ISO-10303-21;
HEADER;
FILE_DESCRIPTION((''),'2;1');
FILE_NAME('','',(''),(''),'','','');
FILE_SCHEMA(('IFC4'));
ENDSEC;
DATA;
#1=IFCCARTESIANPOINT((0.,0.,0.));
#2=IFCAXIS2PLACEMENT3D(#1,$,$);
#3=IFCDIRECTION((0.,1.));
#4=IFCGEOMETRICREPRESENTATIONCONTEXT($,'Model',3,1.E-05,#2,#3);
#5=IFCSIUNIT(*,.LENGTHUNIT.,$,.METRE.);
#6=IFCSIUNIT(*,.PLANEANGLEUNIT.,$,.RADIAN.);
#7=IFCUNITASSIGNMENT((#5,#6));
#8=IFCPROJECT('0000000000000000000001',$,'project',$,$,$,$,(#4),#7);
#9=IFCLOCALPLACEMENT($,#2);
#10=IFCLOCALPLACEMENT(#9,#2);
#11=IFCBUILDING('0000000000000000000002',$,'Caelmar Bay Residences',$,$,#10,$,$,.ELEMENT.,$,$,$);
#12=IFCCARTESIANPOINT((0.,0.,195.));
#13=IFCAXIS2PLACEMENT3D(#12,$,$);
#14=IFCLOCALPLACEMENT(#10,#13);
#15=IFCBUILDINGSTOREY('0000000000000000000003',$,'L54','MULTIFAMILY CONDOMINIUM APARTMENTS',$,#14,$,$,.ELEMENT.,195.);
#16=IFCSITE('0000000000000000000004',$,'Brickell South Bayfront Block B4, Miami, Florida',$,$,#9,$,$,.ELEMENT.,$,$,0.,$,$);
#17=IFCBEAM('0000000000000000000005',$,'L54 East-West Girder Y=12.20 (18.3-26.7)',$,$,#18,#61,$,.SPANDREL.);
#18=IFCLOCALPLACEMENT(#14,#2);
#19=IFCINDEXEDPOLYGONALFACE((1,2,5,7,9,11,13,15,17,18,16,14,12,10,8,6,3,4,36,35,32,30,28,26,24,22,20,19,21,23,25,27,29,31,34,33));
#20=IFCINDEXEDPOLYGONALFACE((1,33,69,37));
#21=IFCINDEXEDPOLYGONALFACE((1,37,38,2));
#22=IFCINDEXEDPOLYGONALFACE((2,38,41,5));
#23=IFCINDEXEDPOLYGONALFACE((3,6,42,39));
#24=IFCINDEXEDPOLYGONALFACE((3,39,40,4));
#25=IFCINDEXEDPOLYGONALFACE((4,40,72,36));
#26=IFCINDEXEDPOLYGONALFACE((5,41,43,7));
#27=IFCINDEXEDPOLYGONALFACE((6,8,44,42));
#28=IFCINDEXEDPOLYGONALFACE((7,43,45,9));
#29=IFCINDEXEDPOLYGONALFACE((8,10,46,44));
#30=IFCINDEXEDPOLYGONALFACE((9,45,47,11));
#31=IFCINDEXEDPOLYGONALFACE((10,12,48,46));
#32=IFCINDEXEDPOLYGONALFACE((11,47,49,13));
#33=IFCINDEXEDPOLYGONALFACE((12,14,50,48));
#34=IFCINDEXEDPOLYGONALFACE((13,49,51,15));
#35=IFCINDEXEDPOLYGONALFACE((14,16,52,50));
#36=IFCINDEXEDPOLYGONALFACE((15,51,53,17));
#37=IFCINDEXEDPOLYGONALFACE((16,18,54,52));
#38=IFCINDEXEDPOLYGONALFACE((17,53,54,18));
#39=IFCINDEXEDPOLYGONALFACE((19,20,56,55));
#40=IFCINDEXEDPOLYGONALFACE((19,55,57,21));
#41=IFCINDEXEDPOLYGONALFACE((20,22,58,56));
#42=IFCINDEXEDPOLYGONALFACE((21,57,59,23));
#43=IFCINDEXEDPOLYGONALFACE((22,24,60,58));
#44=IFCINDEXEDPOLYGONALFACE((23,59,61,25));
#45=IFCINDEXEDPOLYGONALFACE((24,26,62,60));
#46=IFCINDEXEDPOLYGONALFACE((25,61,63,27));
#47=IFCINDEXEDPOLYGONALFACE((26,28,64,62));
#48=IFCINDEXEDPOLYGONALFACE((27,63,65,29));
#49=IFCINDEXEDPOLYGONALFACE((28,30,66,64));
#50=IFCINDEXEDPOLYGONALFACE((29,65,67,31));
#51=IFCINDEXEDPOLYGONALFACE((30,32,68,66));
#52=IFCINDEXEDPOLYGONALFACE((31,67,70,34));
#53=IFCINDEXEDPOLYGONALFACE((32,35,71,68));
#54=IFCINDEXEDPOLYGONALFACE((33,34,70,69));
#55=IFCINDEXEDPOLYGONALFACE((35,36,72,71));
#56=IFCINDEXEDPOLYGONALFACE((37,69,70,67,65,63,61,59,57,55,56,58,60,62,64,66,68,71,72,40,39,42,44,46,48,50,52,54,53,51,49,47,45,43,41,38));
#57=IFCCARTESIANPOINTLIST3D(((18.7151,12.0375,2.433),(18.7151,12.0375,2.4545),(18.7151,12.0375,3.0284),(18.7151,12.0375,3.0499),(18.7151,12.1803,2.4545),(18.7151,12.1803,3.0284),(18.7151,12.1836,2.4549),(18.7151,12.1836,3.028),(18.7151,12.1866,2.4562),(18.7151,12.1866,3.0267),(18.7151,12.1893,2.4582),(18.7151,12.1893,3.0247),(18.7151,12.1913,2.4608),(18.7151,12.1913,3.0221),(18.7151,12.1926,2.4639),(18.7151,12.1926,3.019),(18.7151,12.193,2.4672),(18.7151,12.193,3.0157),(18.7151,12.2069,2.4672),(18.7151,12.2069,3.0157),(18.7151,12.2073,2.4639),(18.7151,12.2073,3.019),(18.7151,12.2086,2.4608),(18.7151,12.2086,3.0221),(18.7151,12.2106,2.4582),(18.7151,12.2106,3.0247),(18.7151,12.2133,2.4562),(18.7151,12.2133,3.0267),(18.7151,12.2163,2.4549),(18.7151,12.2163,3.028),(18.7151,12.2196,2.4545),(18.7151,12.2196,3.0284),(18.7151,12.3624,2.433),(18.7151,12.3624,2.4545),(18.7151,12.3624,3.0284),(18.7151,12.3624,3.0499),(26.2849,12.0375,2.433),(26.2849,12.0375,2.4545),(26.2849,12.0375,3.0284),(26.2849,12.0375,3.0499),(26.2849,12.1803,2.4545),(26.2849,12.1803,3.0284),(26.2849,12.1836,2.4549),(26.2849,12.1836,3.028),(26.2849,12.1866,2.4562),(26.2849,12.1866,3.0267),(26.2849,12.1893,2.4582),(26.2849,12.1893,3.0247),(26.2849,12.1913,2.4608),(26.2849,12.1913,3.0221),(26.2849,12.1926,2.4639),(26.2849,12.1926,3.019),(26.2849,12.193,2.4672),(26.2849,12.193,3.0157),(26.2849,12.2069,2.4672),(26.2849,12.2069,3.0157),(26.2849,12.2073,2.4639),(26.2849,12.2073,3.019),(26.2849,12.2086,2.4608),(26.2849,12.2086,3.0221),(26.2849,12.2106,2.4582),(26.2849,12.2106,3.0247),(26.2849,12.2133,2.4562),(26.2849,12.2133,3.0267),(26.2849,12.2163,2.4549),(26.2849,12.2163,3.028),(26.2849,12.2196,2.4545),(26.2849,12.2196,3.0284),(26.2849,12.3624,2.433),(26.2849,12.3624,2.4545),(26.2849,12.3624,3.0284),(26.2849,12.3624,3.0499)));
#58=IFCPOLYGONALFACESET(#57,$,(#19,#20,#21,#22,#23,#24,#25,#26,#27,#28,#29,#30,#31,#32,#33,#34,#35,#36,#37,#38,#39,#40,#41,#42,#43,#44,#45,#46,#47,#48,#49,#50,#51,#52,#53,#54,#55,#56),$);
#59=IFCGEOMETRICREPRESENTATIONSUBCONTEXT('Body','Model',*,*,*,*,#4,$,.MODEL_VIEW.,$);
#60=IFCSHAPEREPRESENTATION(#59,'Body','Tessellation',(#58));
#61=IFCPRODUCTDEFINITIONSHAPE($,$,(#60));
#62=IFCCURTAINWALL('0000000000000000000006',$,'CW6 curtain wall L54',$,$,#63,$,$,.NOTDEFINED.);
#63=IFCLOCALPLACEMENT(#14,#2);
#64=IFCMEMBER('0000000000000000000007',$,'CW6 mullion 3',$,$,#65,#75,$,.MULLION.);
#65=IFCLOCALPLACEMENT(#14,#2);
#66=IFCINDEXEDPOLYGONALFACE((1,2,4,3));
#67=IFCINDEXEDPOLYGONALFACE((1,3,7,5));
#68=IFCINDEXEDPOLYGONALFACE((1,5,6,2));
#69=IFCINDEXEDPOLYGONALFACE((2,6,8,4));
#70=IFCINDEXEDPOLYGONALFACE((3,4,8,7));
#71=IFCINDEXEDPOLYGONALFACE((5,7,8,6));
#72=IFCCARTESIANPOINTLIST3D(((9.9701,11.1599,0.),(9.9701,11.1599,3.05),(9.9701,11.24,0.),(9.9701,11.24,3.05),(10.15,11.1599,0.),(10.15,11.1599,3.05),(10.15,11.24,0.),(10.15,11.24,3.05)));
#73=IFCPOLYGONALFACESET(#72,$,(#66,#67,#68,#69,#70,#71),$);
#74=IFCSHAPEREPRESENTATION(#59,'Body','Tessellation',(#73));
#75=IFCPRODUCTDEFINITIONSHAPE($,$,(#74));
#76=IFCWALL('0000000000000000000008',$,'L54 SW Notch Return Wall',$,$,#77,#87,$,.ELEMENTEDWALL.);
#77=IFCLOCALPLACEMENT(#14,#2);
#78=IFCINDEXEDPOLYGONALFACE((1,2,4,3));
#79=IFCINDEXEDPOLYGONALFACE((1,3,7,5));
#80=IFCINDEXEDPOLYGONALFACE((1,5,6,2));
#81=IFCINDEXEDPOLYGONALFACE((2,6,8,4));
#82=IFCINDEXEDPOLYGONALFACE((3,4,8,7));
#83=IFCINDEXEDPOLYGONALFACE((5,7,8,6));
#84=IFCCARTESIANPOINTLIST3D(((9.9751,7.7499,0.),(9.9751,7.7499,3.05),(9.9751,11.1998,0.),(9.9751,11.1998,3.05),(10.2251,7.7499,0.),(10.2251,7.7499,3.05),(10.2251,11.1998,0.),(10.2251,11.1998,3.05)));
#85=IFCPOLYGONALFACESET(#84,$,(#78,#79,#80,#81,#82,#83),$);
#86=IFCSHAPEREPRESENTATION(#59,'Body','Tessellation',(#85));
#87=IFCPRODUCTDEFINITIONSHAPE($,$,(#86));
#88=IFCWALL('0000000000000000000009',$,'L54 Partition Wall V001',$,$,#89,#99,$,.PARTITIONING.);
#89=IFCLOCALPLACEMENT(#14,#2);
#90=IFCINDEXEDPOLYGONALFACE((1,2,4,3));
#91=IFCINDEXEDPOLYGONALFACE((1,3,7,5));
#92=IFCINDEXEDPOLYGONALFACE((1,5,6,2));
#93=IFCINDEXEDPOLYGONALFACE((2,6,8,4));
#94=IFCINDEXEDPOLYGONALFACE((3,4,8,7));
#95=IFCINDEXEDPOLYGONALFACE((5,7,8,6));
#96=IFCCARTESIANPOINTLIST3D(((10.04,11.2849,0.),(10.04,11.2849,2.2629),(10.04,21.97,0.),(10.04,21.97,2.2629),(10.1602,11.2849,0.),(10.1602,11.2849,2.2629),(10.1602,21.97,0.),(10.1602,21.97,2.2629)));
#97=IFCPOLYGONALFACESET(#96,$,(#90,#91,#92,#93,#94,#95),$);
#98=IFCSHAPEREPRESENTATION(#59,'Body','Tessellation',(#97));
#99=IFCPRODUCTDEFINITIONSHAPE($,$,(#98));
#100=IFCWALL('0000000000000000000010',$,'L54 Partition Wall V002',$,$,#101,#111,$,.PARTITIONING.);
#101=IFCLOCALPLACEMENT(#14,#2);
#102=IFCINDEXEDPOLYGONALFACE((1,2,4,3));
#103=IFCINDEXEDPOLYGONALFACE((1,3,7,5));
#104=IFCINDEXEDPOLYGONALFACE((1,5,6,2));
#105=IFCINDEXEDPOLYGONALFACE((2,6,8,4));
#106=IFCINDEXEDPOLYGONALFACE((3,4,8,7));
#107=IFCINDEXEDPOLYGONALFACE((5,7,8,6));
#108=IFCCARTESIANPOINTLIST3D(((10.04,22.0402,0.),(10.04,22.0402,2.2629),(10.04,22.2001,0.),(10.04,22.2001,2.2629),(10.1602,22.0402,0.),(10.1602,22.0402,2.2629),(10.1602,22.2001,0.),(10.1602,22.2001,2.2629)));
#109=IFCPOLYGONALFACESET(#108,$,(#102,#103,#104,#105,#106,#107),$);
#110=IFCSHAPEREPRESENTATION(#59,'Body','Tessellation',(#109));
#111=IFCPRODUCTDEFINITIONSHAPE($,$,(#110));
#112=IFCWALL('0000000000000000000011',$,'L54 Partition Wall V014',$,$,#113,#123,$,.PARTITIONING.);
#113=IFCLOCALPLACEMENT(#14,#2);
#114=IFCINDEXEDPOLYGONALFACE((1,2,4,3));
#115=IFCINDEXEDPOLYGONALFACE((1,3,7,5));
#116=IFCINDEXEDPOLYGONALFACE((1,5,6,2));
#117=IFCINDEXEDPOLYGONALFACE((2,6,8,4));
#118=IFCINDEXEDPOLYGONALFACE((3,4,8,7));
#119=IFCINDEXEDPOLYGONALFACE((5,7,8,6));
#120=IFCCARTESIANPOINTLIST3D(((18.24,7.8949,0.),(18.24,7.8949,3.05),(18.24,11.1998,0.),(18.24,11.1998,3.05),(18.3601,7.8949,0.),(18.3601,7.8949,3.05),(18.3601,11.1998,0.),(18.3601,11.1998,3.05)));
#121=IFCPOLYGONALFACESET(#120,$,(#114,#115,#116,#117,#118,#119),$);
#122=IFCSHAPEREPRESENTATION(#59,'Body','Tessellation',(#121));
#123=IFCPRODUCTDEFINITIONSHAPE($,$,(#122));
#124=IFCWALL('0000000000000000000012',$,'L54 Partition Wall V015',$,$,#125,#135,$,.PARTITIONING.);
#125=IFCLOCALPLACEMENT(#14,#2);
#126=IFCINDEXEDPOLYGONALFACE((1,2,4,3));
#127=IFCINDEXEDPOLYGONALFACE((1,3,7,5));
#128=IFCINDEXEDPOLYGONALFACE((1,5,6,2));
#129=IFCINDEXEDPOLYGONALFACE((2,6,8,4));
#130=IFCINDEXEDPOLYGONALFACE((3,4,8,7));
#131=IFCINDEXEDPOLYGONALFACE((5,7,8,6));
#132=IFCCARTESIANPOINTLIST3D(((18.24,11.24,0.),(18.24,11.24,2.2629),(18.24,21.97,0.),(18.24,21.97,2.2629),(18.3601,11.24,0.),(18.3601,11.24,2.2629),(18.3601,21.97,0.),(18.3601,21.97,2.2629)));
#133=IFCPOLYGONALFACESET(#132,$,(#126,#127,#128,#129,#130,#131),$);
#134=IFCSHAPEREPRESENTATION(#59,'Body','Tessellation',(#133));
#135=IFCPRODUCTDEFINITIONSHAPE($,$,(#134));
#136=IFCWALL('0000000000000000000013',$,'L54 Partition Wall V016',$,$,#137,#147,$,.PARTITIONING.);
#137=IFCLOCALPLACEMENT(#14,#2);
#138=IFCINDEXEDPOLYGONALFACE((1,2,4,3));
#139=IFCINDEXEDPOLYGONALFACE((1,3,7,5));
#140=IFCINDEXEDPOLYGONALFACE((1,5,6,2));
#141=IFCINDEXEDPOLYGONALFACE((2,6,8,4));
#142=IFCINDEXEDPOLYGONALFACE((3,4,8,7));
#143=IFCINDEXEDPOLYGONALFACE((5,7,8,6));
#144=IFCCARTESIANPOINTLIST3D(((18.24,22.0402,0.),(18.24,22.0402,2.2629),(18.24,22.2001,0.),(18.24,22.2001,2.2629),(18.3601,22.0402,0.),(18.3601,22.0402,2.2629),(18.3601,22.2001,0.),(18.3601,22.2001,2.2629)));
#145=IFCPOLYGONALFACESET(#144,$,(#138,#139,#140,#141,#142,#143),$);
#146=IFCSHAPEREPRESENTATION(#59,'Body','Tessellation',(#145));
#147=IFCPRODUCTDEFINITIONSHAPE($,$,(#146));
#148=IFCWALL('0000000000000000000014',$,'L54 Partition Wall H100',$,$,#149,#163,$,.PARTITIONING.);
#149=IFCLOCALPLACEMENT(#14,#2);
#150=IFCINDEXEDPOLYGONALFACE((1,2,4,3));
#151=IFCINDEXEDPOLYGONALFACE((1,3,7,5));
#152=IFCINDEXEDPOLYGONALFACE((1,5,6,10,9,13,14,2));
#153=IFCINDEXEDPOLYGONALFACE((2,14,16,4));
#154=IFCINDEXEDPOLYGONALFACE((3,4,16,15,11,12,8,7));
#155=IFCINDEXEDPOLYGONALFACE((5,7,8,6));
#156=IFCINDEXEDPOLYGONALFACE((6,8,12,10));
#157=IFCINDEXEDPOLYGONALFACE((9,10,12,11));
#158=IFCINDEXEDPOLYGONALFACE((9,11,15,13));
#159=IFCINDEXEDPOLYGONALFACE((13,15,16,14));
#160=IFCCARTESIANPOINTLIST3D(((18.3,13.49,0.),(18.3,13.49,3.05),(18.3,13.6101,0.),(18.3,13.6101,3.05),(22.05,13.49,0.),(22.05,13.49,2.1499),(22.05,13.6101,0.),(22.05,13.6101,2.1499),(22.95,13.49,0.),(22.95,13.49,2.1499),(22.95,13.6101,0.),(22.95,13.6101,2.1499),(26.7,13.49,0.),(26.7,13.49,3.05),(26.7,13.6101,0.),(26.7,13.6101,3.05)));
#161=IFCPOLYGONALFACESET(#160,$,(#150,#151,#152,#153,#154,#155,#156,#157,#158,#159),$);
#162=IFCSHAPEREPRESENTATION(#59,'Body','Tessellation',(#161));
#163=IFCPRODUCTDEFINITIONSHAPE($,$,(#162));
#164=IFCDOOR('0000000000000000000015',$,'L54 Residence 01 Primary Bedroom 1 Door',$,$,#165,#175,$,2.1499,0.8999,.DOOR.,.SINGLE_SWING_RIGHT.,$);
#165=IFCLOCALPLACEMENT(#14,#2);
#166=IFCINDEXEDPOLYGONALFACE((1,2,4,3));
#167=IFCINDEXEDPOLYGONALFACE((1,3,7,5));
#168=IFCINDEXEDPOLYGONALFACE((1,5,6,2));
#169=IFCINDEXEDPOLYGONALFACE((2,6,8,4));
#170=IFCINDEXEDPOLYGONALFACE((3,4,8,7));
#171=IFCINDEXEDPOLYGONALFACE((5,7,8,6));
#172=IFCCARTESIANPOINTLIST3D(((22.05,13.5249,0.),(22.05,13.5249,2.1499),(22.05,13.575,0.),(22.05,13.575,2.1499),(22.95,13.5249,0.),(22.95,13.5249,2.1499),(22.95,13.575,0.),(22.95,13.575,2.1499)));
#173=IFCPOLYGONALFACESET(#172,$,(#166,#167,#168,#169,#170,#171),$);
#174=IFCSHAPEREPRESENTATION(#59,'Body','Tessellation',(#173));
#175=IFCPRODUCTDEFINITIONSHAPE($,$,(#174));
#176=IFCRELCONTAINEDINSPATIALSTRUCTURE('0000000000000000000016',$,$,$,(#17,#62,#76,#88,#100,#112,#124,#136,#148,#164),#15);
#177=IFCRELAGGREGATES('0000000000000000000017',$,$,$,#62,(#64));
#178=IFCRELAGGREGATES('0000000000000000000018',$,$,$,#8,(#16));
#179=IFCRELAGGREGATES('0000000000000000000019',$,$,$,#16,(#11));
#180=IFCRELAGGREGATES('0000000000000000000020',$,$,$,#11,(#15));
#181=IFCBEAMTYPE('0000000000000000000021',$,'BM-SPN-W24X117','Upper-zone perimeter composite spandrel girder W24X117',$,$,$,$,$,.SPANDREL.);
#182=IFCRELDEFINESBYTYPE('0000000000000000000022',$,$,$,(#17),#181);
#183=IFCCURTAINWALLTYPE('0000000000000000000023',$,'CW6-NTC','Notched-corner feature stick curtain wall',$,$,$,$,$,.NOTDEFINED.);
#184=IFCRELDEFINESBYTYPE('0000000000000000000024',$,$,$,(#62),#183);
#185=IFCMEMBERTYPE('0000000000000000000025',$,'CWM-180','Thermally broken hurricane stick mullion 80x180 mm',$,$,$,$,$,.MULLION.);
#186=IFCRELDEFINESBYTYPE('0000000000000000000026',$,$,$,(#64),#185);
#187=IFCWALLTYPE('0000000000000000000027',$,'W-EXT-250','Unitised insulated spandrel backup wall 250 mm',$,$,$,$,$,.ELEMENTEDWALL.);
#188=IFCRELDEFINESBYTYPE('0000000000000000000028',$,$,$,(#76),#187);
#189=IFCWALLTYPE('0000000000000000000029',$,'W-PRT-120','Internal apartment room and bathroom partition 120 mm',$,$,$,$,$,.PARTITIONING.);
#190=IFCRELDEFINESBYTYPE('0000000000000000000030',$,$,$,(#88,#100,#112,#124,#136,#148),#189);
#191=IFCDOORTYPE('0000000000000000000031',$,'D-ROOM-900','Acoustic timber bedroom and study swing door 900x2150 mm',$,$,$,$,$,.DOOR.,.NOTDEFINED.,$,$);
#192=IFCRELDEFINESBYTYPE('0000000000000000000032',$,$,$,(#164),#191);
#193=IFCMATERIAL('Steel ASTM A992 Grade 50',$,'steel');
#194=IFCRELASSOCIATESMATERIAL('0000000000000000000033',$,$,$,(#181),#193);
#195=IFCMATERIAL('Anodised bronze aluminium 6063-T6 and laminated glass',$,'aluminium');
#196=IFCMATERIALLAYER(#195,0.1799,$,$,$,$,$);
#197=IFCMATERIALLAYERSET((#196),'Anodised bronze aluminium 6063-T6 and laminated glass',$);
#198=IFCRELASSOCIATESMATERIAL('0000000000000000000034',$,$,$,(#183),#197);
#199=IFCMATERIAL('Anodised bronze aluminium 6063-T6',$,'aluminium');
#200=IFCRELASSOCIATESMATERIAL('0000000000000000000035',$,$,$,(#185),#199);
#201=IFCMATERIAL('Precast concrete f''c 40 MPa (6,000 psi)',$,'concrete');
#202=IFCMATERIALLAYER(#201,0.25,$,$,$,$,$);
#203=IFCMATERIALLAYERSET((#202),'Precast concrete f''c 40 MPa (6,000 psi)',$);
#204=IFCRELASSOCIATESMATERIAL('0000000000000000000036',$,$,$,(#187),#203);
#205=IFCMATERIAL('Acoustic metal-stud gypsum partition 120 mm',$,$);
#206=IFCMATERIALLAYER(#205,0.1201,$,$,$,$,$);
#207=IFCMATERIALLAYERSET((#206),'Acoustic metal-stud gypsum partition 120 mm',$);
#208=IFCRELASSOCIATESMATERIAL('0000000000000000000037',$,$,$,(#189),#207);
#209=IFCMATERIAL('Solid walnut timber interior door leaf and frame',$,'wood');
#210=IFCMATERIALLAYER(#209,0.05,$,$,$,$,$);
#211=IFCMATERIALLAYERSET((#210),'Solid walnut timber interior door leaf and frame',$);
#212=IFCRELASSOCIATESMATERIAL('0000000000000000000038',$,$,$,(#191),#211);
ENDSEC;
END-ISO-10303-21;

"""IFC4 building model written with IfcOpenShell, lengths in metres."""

from ifc_helpers import new_model, si_unit, direction, frame, frame_2d, origin, origin_2d, place, context, subcontext, project, spatial, rectangle, i_section, extrude, material, layer, layer_set, material_profile, profile_set, type_object, element, fill, aggregate, save


model = new_model("IFC4")

# Units and contexts
model_context = context("Model", 3, precision=1e-05, world=origin(), true_north=direction((0.0, 1.0)))
body_context = subcontext(model_context, "Body", "Model", "MODEL_VIEW")
ifc_project = project(units=[si_unit("LENGTHUNIT", "METRE"), si_unit("PLANEANGLEUNIT", "RADIAN")], contexts=[model_context])

# Site, building, storey
site_placement = place(None, origin())
site = spatial("IfcSite", under=ifc_project, at=site_placement, Name="Brickell South Bayfront Block B4, Miami, Florida", CompositionType="ELEMENT", RefElevation=0.0)
building_placement = place(site_placement, origin())
building = spatial("IfcBuilding", under=site, at=building_placement, Name="Caelmar Bay Residences", CompositionType="ELEMENT")
storey_placement = place(building_placement, frame((0.0, 0.0, 195.0)))
storey = spatial("IfcBuildingStorey", under=building, at=storey_placement, Name="L54", Description="MULTIFAMILY CONDOMINIUM APARTMENTS", CompositionType="ELEMENT", Elevation=195.0)

# Beam
ifc_material_1 = material(Name="Steel ASTM A992 Grade 50", Category="steel")
ifc_material_profile_1 = material_profile(ifc_material_1, i_section(OverallWidth=0.325, OverallDepth=0.6169, WebThickness=0.0139, FlangeThickness=0.0215, FilletRadius=0.0127, at=origin_2d()), Name="W24X117")
ifc_profile_set_1 = profile_set([ifc_material_profile_1], Name="Steel ASTM A992 Grade 50")
beam_type_1 = type_object("IfcBeamType", Name="BM-SPN-W24X117", Description="Upper-zone perimeter composite spandrel girder W24X117", PredefinedType="SPANDREL", material=ifc_profile_set_1)
beam_1_placement = place(storey_placement, frame((18.7151, 12.2, 2.7415), z_axis=(1.0, 0.0, 0.0), x_axis=(0.0, 1.0, 0.0)))
element("IfcBeam", 1, at=beam_1_placement, inside=storey, type_object=beam_type_1, Name="L54 East-West Girder Y=12.20 (18.3-26.7)", PredefinedType="SPANDREL", context=body_context, shape_type="SweptSolid", body=[
    extrude(i_section(OverallWidth=0.325, OverallDepth=0.6169, WebThickness=0.0139, FlangeThickness=0.0215, FilletRadius=0.0127, at=origin_2d()), origin(), (0.0, 0.0, 1.0), 7.5698),
])

# Curtain wall, member
ifc_material_2 = material(Name="Anodised bronze aluminium 6063-T6 and laminated glass", Category="aluminium")
ifc_layer_1 = layer(ifc_material_2, 0.1799)
ifc_layer_set_1 = layer_set([ifc_layer_1], Name="Anodised bronze aluminium 6063-T6 and laminated glass")
curtain_wall_type = type_object("IfcCurtainWallType", Name="CW6-NTC", Description="Notched-corner feature stick curtain wall", PredefinedType="NOTDEFINED", material=ifc_layer_set_1)
curtain_wall_placement = place(storey_placement, origin())
curtain_wall = element("IfcCurtainWall", 2, at=curtain_wall_placement, inside=storey, type_object=curtain_wall_type, Name="CW6 curtain wall L54", PredefinedType="NOTDEFINED")
ifc_material_3 = material(Name="Anodised bronze aluminium 6063-T6", Category="aluminium")
ifc_material_profile_2 = material_profile(ifc_material_3, rectangle(XDim=0.0801, YDim=0.1799, at=origin_2d()), Name="CWM-80X180")
ifc_profile_set_2 = profile_set([ifc_material_profile_2], Name="Anodised bronze aluminium 6063-T6")
member_type = type_object("IfcMemberType", Name="CWM-180", Description="Thermally broken hurricane stick mullion 80x180 mm", PredefinedType="MULLION", material=ifc_profile_set_2)
member_placement = place(storey_placement, frame((10.0601, 11.2, 0.0), z_axis=(0.0, 0.0, 1.0), x_axis=(0.0, 1.0, 0.0)))
member = element("IfcMember", 3, at=member_placement, type_object=member_type, Name="CW6 mullion 3", PredefinedType="MULLION", context=body_context, shape_type="SweptSolid", body=[
    extrude(rectangle(XDim=0.0801, YDim=0.1799, at=origin_2d()), origin(), (0.0, 0.0, 1.0), 3.05),
])
aggregate(curtain_wall, [member])

# Walls
ifc_material_4 = material(Name="Precast concrete f'c 40 MPa (6,000 psi)", Category="concrete")
ifc_layer_2 = layer(ifc_material_4, 0.25)
ifc_layer_set_2 = layer_set([ifc_layer_2], Name="Precast concrete f'c 40 MPa (6,000 psi)")
wall_type_1 = type_object("IfcWallType", Name="W-EXT-250", Description="Unitised insulated spandrel backup wall 250 mm", PredefinedType="ELEMENTEDWALL", material=ifc_layer_set_2)
wall_1_placement = place(storey_placement, frame((10.1001, 11.2, 0.0), z_axis=(0.0, 0.0, 1.0), x_axis=(0.0, -1.0, 0.0)))
element("IfcWall", 4, at=wall_1_placement, inside=storey, type_object=wall_type_1, Name="L54 SW Notch Return Wall", PredefinedType="ELEMENTEDWALL", context=body_context, shape_type="SweptSolid", body=[
    extrude(rectangle(XDim=3.45, YDim=0.25, at=frame_2d((1.7251, 0.0))), origin(), (0.0, 0.0, 1.0), 3.05),
])
ifc_material_5 = material(Name="Acoustic metal-stud gypsum partition 120 mm")
ifc_layer_3 = layer(ifc_material_5, 0.1201)
ifc_layer_set_3 = layer_set([ifc_layer_3], Name="Acoustic metal-stud gypsum partition 120 mm")
wall_type_2 = type_object("IfcWallType", Name="W-PRT-120", Description="Internal apartment room and bathroom partition 120 mm", PredefinedType="PARTITIONING", material=ifc_layer_set_3)
wall_2_placement = place(storey_placement, frame((10.1001, 11.2849, 0.0), z_axis=(0.0, 0.0, 1.0), x_axis=(0.0, 1.0, 0.0)))
element("IfcWall", 5, at=wall_2_placement, inside=storey, type_object=wall_type_2, Name="L54 Partition Wall V001", PredefinedType="PARTITIONING", context=body_context, shape_type="SweptSolid", body=[
    extrude(rectangle(XDim=10.6851, YDim=0.1201, at=frame_2d((5.3425, 0.0))), origin(), (0.0, 0.0, 1.0), 2.2629),
])
wall_3_placement = place(storey_placement, frame((10.1001, 22.04, 0.0), z_axis=(0.0, 0.0, 1.0), x_axis=(0.0, 1.0, 0.0)))
element("IfcWall", 6, at=wall_3_placement, inside=storey, type_object=wall_type_2, Name="L54 Partition Wall V002", PredefinedType="PARTITIONING", context=body_context, shape_type="SweptSolid", body=[
    extrude(rectangle(XDim=0.1599, YDim=0.1201, at=frame_2d((0.0801, 0.0))), origin(), (0.0, 0.0, 1.0), 2.2629),
])

# Shared definitions
ifc_material_6 = material(Name="Solid walnut timber interior door leaf and frame", Category="wood")
ifc_layer_4 = layer(ifc_material_6, 0.05)
ifc_layer_set_4 = layer_set([ifc_layer_4], Name="Solid walnut timber interior door leaf and frame")
door_type = type_object("IfcDoorType", Name="D-ROOM-900", Description="Acoustic timber bedroom and study swing door 900x2150 mm", OperationType="NOTDEFINED", PredefinedType="DOOR", material=ifc_layer_set_4)

# Walls
wall_4_placement = place(storey_placement, frame((18.3, 7.895, 0.0), z_axis=(0.0, 0.0, 1.0), x_axis=(0.0, 1.0, 0.0)))
element("IfcWall", 7, at=wall_4_placement, inside=storey, type_object=wall_type_2, Name="L54 Partition Wall V014", PredefinedType="PARTITIONING", context=body_context, shape_type="SweptSolid", body=[
    extrude(rectangle(XDim=3.3049, YDim=0.1201, at=frame_2d((1.6523, 0.0))), origin(), (0.0, 0.0, 1.0), 3.05),
])
wall_5_placement = place(storey_placement, frame((18.3, 11.24, 0.0), z_axis=(0.0, 0.0, 1.0), x_axis=(0.0, 1.0, 0.0)))
element("IfcWall", 8, at=wall_5_placement, inside=storey, type_object=wall_type_2, Name="L54 Partition Wall V015", PredefinedType="PARTITIONING", context=body_context, shape_type="SweptSolid", body=[
    extrude(rectangle(XDim=10.73, YDim=0.1201, at=frame_2d((5.365, 0.0))), origin(), (0.0, 0.0, 1.0), 2.2629),
])
wall_6_placement = place(storey_placement, frame((18.3, 22.04, 0.0), z_axis=(0.0, 0.0, 1.0), x_axis=(0.0, 1.0, 0.0)))
element("IfcWall", 9, at=wall_6_placement, inside=storey, type_object=wall_type_2, Name="L54 Partition Wall V016", PredefinedType="PARTITIONING", context=body_context, shape_type="SweptSolid", body=[
    extrude(rectangle(XDim=0.1599, YDim=0.1201, at=frame_2d((0.0801, 0.0))), origin(), (0.0, 0.0, 1.0), 2.2629),
])

# Wall, opening, door
wall_7_placement = place(storey_placement, frame((18.3, 13.55, 0.0), z_axis=(0.0, 0.0, 1.0), x_axis=(1.0, 0.0, 0.0)))
wall_7 = element("IfcWall", 10, at=wall_7_placement, inside=storey, type_object=wall_type_2, Name="L54 Partition Wall H100", PredefinedType="PARTITIONING", context=body_context, shape_type="SweptSolid", body=[
    extrude(rectangle(XDim=8.3999, YDim=0.1201, at=frame_2d((4.2, 0.0))), origin(), (0.0, 0.0, 1.0), 3.05),
])
opening_1_placement = place(wall_7_placement, frame((3.75, 0.0, 0.0)))
opening_1 = element("IfcOpeningElement", 11, at=opening_1_placement, cuts=wall_7, PredefinedType="OPENING", context=body_context, shape_type="SweptSolid", body=[
    extrude(rectangle(XDim=0.8999, YDim=2.1499, at=frame_2d((0.45, 1.075))), frame((0.0, 0.0701, 0.0), z_axis=(0.0, -1.0, 0.0), x_axis=(1.0, 0.0, 0.0)), (0.0, 0.0, 1.0), 0.1401),
])
door_1_placement = place(opening_1_placement, origin())
door_1 = element("IfcDoor", 12, at=door_1_placement, inside=storey, type_object=door_type, Name="L54 Residence 01 Primary Bedroom 1 Door", OperationType="SINGLE_SWING_RIGHT", OverallHeight=2.1499, OverallWidth=0.8999, PredefinedType="DOOR", context=body_context, shape_type="SweptSolid", body=[
    extrude(rectangle(XDim=0.8999, YDim=2.1499, at=frame_2d((0.45, 1.075))), frame((0.0, 0.0249, 0.0), z_axis=(0.0, -1.0, 0.0), x_axis=(1.0, 0.0, 0.0)), (0.0, 0.0, 1.0), 0.05),
])
fill(opening_1, door_1)

save(model, "model.ifc")
